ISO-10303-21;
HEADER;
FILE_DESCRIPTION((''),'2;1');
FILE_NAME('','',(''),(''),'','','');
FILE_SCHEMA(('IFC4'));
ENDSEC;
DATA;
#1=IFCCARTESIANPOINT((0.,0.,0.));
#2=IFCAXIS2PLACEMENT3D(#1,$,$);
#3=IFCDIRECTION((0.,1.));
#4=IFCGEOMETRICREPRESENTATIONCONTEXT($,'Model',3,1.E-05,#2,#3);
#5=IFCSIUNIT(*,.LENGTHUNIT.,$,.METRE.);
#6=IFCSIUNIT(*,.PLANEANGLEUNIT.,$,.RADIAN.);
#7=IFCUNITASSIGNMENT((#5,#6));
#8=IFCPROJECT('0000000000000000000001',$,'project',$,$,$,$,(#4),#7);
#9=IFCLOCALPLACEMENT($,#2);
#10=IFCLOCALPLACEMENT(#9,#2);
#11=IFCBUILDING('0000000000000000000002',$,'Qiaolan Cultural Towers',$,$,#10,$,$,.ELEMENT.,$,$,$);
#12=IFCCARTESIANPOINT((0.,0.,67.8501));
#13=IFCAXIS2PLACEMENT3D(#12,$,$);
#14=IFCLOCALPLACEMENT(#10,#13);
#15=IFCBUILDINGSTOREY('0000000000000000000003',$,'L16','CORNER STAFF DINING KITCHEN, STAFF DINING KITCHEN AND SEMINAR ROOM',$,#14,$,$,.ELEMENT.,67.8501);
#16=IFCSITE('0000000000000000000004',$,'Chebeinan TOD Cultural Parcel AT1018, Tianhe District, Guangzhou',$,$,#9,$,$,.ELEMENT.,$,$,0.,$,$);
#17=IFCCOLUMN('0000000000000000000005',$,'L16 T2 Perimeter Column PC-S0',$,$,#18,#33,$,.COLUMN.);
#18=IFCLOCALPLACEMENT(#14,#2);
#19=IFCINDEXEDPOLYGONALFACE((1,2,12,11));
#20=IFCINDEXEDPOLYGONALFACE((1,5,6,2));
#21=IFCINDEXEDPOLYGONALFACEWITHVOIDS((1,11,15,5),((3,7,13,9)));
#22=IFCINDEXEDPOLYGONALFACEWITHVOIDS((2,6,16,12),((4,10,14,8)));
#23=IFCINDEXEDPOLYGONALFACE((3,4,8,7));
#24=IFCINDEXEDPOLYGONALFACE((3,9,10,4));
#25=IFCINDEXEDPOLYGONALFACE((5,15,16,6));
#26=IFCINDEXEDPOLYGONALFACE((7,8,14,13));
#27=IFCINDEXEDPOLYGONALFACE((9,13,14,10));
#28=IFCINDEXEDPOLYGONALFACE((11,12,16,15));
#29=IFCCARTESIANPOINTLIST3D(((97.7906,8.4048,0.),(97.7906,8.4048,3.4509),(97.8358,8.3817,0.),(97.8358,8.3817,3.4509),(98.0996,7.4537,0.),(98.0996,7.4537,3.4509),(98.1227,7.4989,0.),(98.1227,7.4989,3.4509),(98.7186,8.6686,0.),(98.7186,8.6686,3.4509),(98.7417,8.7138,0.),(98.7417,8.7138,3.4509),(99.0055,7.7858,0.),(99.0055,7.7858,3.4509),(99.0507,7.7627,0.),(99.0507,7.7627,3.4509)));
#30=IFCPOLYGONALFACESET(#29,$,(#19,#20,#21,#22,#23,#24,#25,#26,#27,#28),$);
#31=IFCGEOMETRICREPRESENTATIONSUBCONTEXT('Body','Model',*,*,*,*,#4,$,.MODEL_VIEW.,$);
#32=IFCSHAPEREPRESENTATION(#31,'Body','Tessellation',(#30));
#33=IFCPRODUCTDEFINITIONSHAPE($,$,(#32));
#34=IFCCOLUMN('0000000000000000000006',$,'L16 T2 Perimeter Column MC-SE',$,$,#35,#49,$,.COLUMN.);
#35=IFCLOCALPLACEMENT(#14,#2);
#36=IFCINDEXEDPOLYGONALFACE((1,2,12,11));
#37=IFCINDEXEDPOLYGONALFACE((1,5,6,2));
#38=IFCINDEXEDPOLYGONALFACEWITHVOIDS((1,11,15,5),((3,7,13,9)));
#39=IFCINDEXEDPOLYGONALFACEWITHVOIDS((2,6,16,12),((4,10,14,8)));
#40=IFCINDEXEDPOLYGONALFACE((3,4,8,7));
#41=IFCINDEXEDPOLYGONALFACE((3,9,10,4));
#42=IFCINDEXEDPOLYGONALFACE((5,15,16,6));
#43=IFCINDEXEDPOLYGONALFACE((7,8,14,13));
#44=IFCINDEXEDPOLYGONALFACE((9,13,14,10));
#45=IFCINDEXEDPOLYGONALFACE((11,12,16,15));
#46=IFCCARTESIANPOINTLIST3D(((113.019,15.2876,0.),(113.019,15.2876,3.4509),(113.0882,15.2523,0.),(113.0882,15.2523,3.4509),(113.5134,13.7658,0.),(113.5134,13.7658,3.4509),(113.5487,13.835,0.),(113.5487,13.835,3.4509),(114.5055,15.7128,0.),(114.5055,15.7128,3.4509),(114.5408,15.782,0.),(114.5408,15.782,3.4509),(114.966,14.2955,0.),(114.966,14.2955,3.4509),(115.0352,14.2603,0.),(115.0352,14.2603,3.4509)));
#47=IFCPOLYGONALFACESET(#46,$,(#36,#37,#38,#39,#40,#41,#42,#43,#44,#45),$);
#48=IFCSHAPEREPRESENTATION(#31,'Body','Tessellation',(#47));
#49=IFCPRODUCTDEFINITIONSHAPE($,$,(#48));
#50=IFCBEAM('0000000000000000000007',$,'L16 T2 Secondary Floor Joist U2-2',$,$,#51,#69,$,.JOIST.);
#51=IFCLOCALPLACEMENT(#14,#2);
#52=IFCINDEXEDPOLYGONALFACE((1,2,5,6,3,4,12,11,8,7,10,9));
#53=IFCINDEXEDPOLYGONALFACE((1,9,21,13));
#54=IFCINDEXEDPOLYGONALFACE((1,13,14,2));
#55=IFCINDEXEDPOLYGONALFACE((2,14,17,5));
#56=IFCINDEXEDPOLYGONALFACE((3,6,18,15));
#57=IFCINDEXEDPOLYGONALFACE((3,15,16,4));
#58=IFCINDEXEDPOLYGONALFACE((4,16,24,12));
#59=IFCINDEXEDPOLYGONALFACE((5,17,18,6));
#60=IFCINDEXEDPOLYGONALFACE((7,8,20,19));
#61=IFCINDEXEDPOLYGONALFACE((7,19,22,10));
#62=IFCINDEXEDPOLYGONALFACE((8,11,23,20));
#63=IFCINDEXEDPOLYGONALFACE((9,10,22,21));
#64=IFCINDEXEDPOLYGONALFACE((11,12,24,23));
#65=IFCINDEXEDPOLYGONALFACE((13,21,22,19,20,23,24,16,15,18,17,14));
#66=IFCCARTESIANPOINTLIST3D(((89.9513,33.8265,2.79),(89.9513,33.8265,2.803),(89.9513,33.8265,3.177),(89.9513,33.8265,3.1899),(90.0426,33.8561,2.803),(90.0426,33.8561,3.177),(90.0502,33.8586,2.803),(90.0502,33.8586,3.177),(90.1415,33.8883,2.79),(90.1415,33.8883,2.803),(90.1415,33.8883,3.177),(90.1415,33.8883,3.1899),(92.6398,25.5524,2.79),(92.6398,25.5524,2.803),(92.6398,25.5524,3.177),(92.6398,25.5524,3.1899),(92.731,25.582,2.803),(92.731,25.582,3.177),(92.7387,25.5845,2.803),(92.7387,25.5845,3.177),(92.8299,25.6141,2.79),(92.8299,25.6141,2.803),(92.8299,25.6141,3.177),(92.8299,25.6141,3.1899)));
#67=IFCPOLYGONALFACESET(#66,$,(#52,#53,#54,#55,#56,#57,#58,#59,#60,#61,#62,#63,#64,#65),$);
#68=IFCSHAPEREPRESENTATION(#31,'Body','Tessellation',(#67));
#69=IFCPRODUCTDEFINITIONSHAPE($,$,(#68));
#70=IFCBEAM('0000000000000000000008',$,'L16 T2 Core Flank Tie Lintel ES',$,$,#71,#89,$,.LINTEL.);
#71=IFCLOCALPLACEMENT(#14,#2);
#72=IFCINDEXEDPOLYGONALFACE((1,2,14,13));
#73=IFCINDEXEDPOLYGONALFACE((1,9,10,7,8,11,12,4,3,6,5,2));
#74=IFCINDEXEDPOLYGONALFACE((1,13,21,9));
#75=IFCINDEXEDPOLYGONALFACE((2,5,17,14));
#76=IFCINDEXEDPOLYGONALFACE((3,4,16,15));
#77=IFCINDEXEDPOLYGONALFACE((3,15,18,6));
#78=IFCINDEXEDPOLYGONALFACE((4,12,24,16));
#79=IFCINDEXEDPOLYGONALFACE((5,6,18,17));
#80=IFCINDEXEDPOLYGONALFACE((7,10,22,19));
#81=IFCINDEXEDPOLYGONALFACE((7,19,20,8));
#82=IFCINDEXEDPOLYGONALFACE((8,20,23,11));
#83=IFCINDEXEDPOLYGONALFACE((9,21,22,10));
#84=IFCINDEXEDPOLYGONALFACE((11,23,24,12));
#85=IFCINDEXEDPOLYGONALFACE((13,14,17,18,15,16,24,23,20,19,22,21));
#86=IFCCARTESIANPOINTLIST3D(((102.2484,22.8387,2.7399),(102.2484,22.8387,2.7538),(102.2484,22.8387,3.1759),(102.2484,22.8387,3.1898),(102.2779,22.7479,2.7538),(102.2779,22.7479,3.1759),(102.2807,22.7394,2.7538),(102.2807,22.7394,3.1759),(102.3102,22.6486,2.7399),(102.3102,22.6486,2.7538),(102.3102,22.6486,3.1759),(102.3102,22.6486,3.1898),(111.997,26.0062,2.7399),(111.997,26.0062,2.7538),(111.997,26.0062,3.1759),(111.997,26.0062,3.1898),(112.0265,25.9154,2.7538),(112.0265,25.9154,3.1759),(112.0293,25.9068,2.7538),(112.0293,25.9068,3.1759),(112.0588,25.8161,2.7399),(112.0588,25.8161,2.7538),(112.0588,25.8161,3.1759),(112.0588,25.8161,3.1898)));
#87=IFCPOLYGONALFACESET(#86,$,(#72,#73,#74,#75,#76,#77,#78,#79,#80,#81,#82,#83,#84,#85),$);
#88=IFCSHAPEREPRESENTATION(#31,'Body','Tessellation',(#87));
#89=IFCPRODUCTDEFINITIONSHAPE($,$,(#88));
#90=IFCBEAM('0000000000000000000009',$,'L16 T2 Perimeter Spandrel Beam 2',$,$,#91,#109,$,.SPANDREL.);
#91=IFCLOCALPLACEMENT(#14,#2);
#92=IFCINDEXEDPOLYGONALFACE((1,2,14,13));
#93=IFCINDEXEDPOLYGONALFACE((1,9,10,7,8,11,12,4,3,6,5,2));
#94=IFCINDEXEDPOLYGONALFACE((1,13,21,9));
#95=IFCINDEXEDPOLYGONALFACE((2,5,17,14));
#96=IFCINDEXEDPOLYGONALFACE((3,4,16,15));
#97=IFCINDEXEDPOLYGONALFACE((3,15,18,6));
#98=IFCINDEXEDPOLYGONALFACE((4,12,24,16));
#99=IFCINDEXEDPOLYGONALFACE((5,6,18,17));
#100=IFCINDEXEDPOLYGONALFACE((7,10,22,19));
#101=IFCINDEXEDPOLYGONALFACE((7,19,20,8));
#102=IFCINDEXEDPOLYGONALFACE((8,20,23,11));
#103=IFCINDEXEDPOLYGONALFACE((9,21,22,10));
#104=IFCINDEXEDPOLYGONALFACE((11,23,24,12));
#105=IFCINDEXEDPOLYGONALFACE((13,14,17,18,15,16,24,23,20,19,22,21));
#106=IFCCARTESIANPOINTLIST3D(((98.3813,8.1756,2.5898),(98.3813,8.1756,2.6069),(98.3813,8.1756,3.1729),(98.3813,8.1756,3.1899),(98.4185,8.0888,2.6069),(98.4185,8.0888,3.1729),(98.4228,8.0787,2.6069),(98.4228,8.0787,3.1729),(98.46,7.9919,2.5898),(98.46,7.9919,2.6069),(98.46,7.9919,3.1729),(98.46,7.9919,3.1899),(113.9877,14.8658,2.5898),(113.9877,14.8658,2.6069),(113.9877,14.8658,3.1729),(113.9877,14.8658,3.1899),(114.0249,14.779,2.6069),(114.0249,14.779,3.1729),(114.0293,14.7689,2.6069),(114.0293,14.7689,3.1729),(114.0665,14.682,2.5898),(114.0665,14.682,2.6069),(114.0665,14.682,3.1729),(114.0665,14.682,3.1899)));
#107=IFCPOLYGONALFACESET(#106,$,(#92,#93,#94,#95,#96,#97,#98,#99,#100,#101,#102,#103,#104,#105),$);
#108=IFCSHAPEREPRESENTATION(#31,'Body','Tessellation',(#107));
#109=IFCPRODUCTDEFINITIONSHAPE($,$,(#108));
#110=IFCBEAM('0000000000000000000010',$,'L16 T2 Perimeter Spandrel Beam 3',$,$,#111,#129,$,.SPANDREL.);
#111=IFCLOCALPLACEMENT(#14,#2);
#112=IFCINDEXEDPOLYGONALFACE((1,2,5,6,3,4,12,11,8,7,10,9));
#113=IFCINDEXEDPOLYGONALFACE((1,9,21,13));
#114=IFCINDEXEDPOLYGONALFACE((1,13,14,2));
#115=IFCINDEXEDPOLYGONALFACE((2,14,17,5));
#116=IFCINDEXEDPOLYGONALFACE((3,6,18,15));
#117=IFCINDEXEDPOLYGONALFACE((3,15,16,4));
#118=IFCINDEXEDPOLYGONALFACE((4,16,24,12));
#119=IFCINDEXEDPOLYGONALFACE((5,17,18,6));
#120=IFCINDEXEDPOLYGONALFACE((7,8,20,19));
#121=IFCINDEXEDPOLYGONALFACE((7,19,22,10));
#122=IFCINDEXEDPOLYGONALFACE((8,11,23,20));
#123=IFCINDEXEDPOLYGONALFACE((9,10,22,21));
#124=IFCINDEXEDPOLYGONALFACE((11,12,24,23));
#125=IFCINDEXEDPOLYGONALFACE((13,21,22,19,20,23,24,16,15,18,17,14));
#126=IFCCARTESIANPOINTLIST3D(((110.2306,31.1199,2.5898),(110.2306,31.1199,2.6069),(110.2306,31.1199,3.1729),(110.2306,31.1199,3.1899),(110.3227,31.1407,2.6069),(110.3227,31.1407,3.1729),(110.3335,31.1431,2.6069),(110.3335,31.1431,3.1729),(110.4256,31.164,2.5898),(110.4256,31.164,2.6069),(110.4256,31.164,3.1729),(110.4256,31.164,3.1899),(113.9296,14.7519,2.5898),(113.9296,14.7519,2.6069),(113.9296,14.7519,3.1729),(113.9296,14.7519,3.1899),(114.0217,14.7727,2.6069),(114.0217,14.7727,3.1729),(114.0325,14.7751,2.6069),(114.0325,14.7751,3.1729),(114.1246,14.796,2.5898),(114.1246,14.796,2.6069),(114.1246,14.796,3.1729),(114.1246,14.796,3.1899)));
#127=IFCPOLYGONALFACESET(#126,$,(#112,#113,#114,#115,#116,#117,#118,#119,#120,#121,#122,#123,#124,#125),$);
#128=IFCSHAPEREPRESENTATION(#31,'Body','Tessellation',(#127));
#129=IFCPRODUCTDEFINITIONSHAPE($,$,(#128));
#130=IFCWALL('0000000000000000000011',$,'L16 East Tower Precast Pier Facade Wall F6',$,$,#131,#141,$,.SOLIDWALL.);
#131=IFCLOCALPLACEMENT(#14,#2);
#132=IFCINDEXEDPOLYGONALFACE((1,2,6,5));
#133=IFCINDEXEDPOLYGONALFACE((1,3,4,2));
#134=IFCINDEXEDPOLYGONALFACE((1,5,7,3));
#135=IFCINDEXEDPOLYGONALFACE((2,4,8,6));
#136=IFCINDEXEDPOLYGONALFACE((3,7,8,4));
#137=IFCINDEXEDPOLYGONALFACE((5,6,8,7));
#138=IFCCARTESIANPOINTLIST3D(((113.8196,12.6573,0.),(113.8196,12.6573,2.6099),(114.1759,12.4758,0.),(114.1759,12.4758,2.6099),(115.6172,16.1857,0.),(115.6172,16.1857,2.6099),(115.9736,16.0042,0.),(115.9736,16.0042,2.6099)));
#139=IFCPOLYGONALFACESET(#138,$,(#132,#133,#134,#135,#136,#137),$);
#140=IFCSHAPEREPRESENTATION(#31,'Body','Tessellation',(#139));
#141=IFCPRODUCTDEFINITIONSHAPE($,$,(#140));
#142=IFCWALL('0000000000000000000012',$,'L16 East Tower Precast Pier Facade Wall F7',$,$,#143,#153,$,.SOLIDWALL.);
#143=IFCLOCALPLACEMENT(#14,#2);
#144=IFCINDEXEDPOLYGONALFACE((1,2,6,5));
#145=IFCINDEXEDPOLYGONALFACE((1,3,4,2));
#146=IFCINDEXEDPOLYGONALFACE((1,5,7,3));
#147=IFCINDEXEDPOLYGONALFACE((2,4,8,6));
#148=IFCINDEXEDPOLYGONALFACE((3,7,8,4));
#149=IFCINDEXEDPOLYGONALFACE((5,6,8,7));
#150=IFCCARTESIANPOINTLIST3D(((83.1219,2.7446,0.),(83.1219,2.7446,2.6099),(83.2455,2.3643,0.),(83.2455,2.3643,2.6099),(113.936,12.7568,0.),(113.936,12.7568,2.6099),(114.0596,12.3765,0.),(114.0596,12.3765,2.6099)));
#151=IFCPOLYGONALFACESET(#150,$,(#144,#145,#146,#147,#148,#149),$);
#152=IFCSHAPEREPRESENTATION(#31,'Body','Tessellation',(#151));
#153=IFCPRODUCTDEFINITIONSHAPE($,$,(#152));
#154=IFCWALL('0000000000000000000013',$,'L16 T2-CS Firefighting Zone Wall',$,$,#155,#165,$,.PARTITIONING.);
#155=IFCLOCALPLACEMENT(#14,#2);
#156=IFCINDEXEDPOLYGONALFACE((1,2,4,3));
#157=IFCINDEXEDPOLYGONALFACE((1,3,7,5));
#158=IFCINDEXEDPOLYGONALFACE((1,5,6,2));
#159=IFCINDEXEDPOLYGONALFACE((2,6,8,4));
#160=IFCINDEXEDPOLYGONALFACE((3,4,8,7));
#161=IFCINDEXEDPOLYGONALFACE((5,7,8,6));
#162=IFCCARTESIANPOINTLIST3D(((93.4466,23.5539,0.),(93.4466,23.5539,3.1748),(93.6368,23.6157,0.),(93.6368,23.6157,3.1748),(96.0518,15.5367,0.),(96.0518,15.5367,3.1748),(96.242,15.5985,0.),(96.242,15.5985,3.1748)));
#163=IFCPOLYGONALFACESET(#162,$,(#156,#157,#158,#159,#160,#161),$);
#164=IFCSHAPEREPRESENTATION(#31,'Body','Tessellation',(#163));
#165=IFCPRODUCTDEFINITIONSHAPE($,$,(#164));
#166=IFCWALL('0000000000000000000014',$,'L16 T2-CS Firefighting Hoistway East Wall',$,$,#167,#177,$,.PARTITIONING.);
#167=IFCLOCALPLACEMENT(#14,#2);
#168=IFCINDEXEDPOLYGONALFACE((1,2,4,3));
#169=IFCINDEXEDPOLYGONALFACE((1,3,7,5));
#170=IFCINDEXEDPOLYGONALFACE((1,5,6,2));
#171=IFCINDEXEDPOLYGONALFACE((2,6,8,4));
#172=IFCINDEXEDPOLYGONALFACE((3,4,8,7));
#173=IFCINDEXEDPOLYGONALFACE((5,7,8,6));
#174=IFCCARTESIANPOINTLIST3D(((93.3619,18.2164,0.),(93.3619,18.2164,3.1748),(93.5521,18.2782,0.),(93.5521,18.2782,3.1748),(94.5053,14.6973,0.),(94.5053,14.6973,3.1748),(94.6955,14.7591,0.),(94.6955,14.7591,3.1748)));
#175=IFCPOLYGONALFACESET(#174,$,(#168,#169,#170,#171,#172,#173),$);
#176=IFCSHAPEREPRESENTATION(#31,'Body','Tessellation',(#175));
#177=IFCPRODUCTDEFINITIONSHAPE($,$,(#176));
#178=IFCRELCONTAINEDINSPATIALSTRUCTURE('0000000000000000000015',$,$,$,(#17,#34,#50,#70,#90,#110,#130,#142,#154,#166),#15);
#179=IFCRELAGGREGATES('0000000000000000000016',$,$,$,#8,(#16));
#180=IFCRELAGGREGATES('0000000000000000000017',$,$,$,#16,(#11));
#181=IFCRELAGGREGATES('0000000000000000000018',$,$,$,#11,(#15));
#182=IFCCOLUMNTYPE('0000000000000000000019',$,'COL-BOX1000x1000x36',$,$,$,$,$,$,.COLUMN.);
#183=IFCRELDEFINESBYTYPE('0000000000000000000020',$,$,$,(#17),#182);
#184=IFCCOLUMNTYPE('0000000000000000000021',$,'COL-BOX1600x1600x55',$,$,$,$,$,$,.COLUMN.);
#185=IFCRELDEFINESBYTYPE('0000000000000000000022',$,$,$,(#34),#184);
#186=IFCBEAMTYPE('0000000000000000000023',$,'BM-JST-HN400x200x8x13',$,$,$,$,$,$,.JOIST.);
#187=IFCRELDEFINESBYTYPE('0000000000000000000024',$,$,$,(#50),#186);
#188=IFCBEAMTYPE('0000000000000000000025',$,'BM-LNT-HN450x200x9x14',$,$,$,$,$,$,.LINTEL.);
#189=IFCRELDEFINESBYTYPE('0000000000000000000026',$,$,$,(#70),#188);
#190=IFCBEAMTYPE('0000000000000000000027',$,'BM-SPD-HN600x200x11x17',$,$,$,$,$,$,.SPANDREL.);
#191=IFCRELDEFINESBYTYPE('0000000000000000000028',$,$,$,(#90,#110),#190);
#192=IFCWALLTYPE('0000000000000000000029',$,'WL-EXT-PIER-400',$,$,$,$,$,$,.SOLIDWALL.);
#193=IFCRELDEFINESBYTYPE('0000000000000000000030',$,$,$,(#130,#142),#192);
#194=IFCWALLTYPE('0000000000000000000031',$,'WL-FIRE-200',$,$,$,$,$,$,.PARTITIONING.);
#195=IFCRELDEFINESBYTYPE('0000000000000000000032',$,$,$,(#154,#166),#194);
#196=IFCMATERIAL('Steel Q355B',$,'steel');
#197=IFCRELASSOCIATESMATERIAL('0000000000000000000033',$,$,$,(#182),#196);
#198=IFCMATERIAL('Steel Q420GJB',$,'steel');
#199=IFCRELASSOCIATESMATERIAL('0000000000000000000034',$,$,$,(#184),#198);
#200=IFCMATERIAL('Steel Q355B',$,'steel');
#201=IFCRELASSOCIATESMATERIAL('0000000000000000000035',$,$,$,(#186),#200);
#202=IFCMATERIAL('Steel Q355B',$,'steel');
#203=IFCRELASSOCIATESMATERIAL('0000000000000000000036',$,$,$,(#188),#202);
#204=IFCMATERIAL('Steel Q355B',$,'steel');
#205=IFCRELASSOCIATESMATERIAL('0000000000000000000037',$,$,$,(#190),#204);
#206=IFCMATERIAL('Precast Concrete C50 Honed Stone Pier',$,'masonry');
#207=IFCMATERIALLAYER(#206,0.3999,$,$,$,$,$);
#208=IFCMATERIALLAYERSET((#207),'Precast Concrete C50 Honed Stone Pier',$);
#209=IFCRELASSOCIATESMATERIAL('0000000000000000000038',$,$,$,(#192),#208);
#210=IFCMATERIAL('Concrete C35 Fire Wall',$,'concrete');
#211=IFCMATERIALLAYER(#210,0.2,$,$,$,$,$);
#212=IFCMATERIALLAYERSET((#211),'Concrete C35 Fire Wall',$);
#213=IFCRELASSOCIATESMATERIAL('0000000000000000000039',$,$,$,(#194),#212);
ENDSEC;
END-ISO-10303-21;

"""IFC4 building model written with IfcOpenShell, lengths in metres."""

from ifc_helpers import new_model, si_unit, direction, frame, frame_2d, origin, origin_2d, place, context, subcontext, project, spatial, rectangle, hollow_rectangle, i_section, extrude, material, layer, layer_set, material_profile, profile_set, type_object, element, save


model = new_model("IFC4")

# Units and contexts
model_context = context("Model", 3, precision=1e-05, world=origin(), true_north=direction((0.0, 1.0)))
body_context = subcontext(model_context, "Body", "Model", "MODEL_VIEW")
ifc_project = project(units=[si_unit("LENGTHUNIT", "METRE"), si_unit("PLANEANGLEUNIT", "RADIAN")], contexts=[model_context])

# Site, building, storey
site_placement = place(None, origin())
site = spatial("IfcSite", under=ifc_project, at=site_placement, Name="Chebeinan TOD Cultural Parcel AT1018, Tianhe District, Guangzhou", CompositionType="ELEMENT", RefElevation=0.0)
building_placement = place(site_placement, origin())
building = spatial("IfcBuilding", under=site, at=building_placement, Name="Qiaolan Cultural Towers", CompositionType="ELEMENT")
storey_placement = place(building_placement, frame((0.0, 0.0, 67.8501)))
storey = spatial("IfcBuildingStorey", under=building, at=storey_placement, Name="L16", Description="CORNER STAFF DINING KITCHEN, STAFF DINING KITCHEN AND SEMINAR ROOM", CompositionType="ELEMENT", Elevation=67.8501)

# Columns
ifc_material_1 = material(Name="Steel Q355B", Category="steel")
ifc_material_profile_1 = material_profile(ifc_material_1, hollow_rectangle(XDim=1.0, YDim=1.0, WallThickness=0.0359, at=origin_2d()), Name="BOX1000x1000x36")
ifc_profile_set_1 = profile_set([ifc_material_profile_1], Name="Steel Q355B")
column_type_1 = type_object("IfcColumnType", Name="COL-BOX1000x1000x36", PredefinedType="COLUMN", material=ifc_profile_set_1)
column_1_placement = place(storey_placement, frame((98.4207, 8.0837, 0.0), z_axis=(0.0, 0.0, 1.0), x_axis=(0.951057, 0.309017, 0.0)))
element("IfcColumn", 1, at=column_1_placement, inside=storey, type_object=column_type_1, Name="L16 T2 Perimeter Column PC-S0", PredefinedType="COLUMN", context=body_context, shape_type="SweptSolid", body=[
    extrude(hollow_rectangle(XDim=1.0, YDim=1.0, WallThickness=0.0359, at=origin_2d()), origin(), (0.0, 0.0, 1.0), 3.4509),
])
ifc_material_2 = material(Name="Steel Q420GJB", Category="steel")
ifc_material_profile_2 = material_profile(ifc_material_2, hollow_rectangle(XDim=1.6001, YDim=1.6001, WallThickness=0.0549, at=origin_2d()), Name="BOX1600x1600x55")
ifc_profile_set_2 = profile_set([ifc_material_profile_2], Name="Steel Q420GJB")
column_type_2 = type_object("IfcColumnType", Name="COL-BOX1600x1600x55", PredefinedType="COLUMN", material=ifc_profile_set_2)
column_2_placement = place(storey_placement, frame((114.0271, 14.7739, 0.0), z_axis=(0.0, 0.0, 1.0), x_axis=(0.951057, 0.309017, 0.0)))
element("IfcColumn", 2, at=column_2_placement, inside=storey, type_object=column_type_2, Name="L16 T2 Perimeter Column MC-SE", PredefinedType="COLUMN", context=body_context, shape_type="SweptSolid", body=[
    extrude(hollow_rectangle(XDim=1.6001, YDim=1.6001, WallThickness=0.0549, at=origin_2d()), origin(), (0.0, 0.0, 1.0), 3.4509),
])

# Beams
ifc_material_3 = material(Name="Steel Q355B", Category="steel")
ifc_material_profile_3 = material_profile(ifc_material_3, i_section(OverallWidth=0.2, OverallDepth=0.3999, WebThickness=0.0081, FlangeThickness=0.0129, at=origin_2d()), Name="HN400x200x8x13")
ifc_profile_set_3 = profile_set([ifc_material_profile_3], Name="Steel Q355B")
beam_type_1 = type_object("IfcBeamType", Name="BM-JST-HN400x200x8x13", PredefinedType="JOIST", material=ifc_profile_set_3)
beam_1_placement = place(storey_placement, frame((92.7349, 25.5833, 2.99), z_axis=(-0.309021, 0.951055, 0.0), x_axis=(-0.951055, -0.309021, 0.0)))
element("IfcBeam", 3, at=beam_1_placement, inside=storey, type_object=beam_type_1, Name="L16 T2 Secondary Floor Joist U2-2", PredefinedType="JOIST", context=body_context, shape_type="SweptSolid", body=[
    extrude(i_section(OverallWidth=0.2, OverallDepth=0.3999, WebThickness=0.0081, FlangeThickness=0.0129, at=origin_2d()), origin(), (0.0, 0.0, 1.0), 8.7),
])
ifc_material_4 = material(Name="Steel Q355B", Category="steel")
ifc_material_profile_4 = material_profile(ifc_material_4, i_section(OverallWidth=0.2, OverallDepth=0.45, WebThickness=0.009, FlangeThickness=0.0139, at=origin_2d()), Name="HN450x200x9x14")
ifc_profile_set_4 = profile_set([ifc_material_profile_4], Name="Steel Q355B")
beam_type_2 = type_object("IfcBeamType", Name="BM-LNT-HN450x200x9x14", PredefinedType="LINTEL", material=ifc_profile_set_4)
beam_2_placement = place(storey_placement, frame((102.2793, 22.7437, 2.9648), z_axis=(0.951057, 0.309016, 0.0), x_axis=(-0.309016, 0.951057, 0.0)))
element("IfcBeam", 4, at=beam_2_placement, inside=storey, type_object=beam_type_2, Name="L16 T2 Core Flank Tie Lintel ES", PredefinedType="LINTEL", context=body_context, shape_type="SweptSolid", body=[
    extrude(i_section(OverallWidth=0.2, OverallDepth=0.45, WebThickness=0.009, FlangeThickness=0.0139, at=origin_2d()), origin(), (0.0, 0.0, 1.0), 10.2502),
])
ifc_material_5 = material(Name="Steel Q355B", Category="steel")
ifc_material_profile_5 = material_profile(ifc_material_5, i_section(OverallWidth=0.2, OverallDepth=0.6001, WebThickness=0.011, FlangeThickness=0.0171, at=origin_2d()), Name="HN600x200x11x17")
ifc_profile_set_5 = profile_set([ifc_material_profile_5], Name="Steel Q355B")
beam_type_3 = type_object("IfcBeamType", Name="BM-SPD-HN600x200x11x17", PredefinedType="SPANDREL", material=ifc_profile_set_5)
beam_3_placement = place(storey_placement, frame((98.4207, 8.0837, 2.8899), z_axis=(0.919109, 0.394004, 0.0), x_axis=(-0.394004, 0.919109, 0.0)))
element("IfcBeam", 5, at=beam_3_placement, inside=storey, type_object=beam_type_3, Name="L16 T2 Perimeter Spandrel Beam 2", PredefinedType="SPANDREL", context=body_context, shape_type="SweptSolid", body=[
    extrude(i_section(OverallWidth=0.2, OverallDepth=0.6001, WebThickness=0.011, FlangeThickness=0.0171, at=origin_2d()), origin(), (0.0, 0.0, 1.0), 16.98),
])
beam_4_placement = place(storey_placement, frame((114.0271, 14.7739, 2.8899), z_axis=(-0.220431, 0.975403, 0.0), x_axis=(-0.975403, -0.220431, 0.0)))
element("IfcBeam", 6, at=beam_4_placement, inside=storey, type_object=beam_type_3, Name="L16 T2 Perimeter Spandrel Beam 3", PredefinedType="SPANDREL", context=body_context, shape_type="SweptSolid", body=[
    extrude(i_section(OverallWidth=0.2, OverallDepth=0.6001, WebThickness=0.011, FlangeThickness=0.0171, at=origin_2d()), origin(), (0.0, 0.0, 1.0), 16.7808),
])

# Walls
ifc_material_6 = material(Name="Precast Concrete C50 Honed Stone Pier", Category="masonry")
ifc_layer_1 = layer(ifc_material_6, 0.3999)
ifc_layer_set_1 = layer_set([ifc_layer_1], Name="Precast Concrete C50 Honed Stone Pier")
wall_type_1 = type_object("IfcWallType", Name="WL-EXT-PIER-400", PredefinedType="SOLIDWALL", material=ifc_layer_set_1)
wall_1_placement = place(storey_placement, frame((115.7954, 16.095, 0.0), z_axis=(0.0, 0.0, 1.0), x_axis=(-0.453958, -0.891023, 0.0)))
element("IfcWall", 7, at=wall_1_placement, inside=storey, type_object=wall_type_1, Name="L16 East Tower Precast Pier Facade Wall F6", PredefinedType="SOLIDWALL", context=body_context, shape_type="SweptSolid", body=[
    extrude(rectangle(XDim=3.96, YDim=0.3999, at=frame_2d((1.98, 0.0))), origin(), (0.0, 0.0, 1.0), 2.6099),
])
wall_2_placement = place(storey_placement, frame((113.9978, 12.5667, 0.0), z_axis=(0.0, 0.0, 1.0), x_axis=(-0.951056, -0.309019, 0.0)))
element("IfcWall", 8, at=wall_2_placement, inside=storey, type_object=wall_type_1, Name="L16 East Tower Precast Pier Facade Wall F7", PredefinedType="SOLIDWALL", context=body_context, shape_type="SweptSolid", body=[
    extrude(rectangle(XDim=32.3999, YDim=0.3999, at=frame_2d((16.2, 0.0))), origin(), (0.0, 0.0, 1.0), 2.6099),
])
ifc_material_7 = material(Name="Concrete C35 Fire Wall", Category="concrete")
ifc_layer_2 = layer(ifc_material_7, 0.2)
ifc_layer_set_2 = layer_set([ifc_layer_2], Name="Concrete C35 Fire Wall")
wall_type_2 = type_object("IfcWallType", Name="WL-FIRE-200", PredefinedType="PARTITIONING", material=ifc_layer_set_2)
wall_3_placement = place(storey_placement, frame((93.5417, 23.5847, 0.0), z_axis=(0.0, 0.0, 1.0), x_axis=(0.309042, -0.951048, 0.0)))
element("IfcWall", 9, at=wall_3_placement, inside=storey, type_object=wall_type_2, Name="L16 T2-CS Firefighting Zone Wall", PredefinedType="PARTITIONING", context=body_context, shape_type="SweptSolid", body=[
    extrude(rectangle(XDim=8.4299, YDim=0.2, at=frame_2d((4.2148, 0.0))), origin(), (0.0, 0.0, 1.0), 3.1748),
])
wall_4_placement = place(storey_placement, frame((93.457, 18.2473, 0.0), z_axis=(0.0, 0.0, 1.0), x_axis=(0.308994, -0.951064, 0.0)))
element("IfcWall", 10, at=wall_4_placement, inside=storey, type_object=wall_type_2, Name="L16 T2-CS Firefighting Hoistway East Wall", PredefinedType="PARTITIONING", context=body_context, shape_type="SweptSolid", body=[
    extrude(rectangle(XDim=3.7002, YDim=0.2, at=frame_2d((1.8501, 0.0))), origin(), (0.0, 0.0, 1.0), 3.1748),
])

save(model, "model.ifc")
